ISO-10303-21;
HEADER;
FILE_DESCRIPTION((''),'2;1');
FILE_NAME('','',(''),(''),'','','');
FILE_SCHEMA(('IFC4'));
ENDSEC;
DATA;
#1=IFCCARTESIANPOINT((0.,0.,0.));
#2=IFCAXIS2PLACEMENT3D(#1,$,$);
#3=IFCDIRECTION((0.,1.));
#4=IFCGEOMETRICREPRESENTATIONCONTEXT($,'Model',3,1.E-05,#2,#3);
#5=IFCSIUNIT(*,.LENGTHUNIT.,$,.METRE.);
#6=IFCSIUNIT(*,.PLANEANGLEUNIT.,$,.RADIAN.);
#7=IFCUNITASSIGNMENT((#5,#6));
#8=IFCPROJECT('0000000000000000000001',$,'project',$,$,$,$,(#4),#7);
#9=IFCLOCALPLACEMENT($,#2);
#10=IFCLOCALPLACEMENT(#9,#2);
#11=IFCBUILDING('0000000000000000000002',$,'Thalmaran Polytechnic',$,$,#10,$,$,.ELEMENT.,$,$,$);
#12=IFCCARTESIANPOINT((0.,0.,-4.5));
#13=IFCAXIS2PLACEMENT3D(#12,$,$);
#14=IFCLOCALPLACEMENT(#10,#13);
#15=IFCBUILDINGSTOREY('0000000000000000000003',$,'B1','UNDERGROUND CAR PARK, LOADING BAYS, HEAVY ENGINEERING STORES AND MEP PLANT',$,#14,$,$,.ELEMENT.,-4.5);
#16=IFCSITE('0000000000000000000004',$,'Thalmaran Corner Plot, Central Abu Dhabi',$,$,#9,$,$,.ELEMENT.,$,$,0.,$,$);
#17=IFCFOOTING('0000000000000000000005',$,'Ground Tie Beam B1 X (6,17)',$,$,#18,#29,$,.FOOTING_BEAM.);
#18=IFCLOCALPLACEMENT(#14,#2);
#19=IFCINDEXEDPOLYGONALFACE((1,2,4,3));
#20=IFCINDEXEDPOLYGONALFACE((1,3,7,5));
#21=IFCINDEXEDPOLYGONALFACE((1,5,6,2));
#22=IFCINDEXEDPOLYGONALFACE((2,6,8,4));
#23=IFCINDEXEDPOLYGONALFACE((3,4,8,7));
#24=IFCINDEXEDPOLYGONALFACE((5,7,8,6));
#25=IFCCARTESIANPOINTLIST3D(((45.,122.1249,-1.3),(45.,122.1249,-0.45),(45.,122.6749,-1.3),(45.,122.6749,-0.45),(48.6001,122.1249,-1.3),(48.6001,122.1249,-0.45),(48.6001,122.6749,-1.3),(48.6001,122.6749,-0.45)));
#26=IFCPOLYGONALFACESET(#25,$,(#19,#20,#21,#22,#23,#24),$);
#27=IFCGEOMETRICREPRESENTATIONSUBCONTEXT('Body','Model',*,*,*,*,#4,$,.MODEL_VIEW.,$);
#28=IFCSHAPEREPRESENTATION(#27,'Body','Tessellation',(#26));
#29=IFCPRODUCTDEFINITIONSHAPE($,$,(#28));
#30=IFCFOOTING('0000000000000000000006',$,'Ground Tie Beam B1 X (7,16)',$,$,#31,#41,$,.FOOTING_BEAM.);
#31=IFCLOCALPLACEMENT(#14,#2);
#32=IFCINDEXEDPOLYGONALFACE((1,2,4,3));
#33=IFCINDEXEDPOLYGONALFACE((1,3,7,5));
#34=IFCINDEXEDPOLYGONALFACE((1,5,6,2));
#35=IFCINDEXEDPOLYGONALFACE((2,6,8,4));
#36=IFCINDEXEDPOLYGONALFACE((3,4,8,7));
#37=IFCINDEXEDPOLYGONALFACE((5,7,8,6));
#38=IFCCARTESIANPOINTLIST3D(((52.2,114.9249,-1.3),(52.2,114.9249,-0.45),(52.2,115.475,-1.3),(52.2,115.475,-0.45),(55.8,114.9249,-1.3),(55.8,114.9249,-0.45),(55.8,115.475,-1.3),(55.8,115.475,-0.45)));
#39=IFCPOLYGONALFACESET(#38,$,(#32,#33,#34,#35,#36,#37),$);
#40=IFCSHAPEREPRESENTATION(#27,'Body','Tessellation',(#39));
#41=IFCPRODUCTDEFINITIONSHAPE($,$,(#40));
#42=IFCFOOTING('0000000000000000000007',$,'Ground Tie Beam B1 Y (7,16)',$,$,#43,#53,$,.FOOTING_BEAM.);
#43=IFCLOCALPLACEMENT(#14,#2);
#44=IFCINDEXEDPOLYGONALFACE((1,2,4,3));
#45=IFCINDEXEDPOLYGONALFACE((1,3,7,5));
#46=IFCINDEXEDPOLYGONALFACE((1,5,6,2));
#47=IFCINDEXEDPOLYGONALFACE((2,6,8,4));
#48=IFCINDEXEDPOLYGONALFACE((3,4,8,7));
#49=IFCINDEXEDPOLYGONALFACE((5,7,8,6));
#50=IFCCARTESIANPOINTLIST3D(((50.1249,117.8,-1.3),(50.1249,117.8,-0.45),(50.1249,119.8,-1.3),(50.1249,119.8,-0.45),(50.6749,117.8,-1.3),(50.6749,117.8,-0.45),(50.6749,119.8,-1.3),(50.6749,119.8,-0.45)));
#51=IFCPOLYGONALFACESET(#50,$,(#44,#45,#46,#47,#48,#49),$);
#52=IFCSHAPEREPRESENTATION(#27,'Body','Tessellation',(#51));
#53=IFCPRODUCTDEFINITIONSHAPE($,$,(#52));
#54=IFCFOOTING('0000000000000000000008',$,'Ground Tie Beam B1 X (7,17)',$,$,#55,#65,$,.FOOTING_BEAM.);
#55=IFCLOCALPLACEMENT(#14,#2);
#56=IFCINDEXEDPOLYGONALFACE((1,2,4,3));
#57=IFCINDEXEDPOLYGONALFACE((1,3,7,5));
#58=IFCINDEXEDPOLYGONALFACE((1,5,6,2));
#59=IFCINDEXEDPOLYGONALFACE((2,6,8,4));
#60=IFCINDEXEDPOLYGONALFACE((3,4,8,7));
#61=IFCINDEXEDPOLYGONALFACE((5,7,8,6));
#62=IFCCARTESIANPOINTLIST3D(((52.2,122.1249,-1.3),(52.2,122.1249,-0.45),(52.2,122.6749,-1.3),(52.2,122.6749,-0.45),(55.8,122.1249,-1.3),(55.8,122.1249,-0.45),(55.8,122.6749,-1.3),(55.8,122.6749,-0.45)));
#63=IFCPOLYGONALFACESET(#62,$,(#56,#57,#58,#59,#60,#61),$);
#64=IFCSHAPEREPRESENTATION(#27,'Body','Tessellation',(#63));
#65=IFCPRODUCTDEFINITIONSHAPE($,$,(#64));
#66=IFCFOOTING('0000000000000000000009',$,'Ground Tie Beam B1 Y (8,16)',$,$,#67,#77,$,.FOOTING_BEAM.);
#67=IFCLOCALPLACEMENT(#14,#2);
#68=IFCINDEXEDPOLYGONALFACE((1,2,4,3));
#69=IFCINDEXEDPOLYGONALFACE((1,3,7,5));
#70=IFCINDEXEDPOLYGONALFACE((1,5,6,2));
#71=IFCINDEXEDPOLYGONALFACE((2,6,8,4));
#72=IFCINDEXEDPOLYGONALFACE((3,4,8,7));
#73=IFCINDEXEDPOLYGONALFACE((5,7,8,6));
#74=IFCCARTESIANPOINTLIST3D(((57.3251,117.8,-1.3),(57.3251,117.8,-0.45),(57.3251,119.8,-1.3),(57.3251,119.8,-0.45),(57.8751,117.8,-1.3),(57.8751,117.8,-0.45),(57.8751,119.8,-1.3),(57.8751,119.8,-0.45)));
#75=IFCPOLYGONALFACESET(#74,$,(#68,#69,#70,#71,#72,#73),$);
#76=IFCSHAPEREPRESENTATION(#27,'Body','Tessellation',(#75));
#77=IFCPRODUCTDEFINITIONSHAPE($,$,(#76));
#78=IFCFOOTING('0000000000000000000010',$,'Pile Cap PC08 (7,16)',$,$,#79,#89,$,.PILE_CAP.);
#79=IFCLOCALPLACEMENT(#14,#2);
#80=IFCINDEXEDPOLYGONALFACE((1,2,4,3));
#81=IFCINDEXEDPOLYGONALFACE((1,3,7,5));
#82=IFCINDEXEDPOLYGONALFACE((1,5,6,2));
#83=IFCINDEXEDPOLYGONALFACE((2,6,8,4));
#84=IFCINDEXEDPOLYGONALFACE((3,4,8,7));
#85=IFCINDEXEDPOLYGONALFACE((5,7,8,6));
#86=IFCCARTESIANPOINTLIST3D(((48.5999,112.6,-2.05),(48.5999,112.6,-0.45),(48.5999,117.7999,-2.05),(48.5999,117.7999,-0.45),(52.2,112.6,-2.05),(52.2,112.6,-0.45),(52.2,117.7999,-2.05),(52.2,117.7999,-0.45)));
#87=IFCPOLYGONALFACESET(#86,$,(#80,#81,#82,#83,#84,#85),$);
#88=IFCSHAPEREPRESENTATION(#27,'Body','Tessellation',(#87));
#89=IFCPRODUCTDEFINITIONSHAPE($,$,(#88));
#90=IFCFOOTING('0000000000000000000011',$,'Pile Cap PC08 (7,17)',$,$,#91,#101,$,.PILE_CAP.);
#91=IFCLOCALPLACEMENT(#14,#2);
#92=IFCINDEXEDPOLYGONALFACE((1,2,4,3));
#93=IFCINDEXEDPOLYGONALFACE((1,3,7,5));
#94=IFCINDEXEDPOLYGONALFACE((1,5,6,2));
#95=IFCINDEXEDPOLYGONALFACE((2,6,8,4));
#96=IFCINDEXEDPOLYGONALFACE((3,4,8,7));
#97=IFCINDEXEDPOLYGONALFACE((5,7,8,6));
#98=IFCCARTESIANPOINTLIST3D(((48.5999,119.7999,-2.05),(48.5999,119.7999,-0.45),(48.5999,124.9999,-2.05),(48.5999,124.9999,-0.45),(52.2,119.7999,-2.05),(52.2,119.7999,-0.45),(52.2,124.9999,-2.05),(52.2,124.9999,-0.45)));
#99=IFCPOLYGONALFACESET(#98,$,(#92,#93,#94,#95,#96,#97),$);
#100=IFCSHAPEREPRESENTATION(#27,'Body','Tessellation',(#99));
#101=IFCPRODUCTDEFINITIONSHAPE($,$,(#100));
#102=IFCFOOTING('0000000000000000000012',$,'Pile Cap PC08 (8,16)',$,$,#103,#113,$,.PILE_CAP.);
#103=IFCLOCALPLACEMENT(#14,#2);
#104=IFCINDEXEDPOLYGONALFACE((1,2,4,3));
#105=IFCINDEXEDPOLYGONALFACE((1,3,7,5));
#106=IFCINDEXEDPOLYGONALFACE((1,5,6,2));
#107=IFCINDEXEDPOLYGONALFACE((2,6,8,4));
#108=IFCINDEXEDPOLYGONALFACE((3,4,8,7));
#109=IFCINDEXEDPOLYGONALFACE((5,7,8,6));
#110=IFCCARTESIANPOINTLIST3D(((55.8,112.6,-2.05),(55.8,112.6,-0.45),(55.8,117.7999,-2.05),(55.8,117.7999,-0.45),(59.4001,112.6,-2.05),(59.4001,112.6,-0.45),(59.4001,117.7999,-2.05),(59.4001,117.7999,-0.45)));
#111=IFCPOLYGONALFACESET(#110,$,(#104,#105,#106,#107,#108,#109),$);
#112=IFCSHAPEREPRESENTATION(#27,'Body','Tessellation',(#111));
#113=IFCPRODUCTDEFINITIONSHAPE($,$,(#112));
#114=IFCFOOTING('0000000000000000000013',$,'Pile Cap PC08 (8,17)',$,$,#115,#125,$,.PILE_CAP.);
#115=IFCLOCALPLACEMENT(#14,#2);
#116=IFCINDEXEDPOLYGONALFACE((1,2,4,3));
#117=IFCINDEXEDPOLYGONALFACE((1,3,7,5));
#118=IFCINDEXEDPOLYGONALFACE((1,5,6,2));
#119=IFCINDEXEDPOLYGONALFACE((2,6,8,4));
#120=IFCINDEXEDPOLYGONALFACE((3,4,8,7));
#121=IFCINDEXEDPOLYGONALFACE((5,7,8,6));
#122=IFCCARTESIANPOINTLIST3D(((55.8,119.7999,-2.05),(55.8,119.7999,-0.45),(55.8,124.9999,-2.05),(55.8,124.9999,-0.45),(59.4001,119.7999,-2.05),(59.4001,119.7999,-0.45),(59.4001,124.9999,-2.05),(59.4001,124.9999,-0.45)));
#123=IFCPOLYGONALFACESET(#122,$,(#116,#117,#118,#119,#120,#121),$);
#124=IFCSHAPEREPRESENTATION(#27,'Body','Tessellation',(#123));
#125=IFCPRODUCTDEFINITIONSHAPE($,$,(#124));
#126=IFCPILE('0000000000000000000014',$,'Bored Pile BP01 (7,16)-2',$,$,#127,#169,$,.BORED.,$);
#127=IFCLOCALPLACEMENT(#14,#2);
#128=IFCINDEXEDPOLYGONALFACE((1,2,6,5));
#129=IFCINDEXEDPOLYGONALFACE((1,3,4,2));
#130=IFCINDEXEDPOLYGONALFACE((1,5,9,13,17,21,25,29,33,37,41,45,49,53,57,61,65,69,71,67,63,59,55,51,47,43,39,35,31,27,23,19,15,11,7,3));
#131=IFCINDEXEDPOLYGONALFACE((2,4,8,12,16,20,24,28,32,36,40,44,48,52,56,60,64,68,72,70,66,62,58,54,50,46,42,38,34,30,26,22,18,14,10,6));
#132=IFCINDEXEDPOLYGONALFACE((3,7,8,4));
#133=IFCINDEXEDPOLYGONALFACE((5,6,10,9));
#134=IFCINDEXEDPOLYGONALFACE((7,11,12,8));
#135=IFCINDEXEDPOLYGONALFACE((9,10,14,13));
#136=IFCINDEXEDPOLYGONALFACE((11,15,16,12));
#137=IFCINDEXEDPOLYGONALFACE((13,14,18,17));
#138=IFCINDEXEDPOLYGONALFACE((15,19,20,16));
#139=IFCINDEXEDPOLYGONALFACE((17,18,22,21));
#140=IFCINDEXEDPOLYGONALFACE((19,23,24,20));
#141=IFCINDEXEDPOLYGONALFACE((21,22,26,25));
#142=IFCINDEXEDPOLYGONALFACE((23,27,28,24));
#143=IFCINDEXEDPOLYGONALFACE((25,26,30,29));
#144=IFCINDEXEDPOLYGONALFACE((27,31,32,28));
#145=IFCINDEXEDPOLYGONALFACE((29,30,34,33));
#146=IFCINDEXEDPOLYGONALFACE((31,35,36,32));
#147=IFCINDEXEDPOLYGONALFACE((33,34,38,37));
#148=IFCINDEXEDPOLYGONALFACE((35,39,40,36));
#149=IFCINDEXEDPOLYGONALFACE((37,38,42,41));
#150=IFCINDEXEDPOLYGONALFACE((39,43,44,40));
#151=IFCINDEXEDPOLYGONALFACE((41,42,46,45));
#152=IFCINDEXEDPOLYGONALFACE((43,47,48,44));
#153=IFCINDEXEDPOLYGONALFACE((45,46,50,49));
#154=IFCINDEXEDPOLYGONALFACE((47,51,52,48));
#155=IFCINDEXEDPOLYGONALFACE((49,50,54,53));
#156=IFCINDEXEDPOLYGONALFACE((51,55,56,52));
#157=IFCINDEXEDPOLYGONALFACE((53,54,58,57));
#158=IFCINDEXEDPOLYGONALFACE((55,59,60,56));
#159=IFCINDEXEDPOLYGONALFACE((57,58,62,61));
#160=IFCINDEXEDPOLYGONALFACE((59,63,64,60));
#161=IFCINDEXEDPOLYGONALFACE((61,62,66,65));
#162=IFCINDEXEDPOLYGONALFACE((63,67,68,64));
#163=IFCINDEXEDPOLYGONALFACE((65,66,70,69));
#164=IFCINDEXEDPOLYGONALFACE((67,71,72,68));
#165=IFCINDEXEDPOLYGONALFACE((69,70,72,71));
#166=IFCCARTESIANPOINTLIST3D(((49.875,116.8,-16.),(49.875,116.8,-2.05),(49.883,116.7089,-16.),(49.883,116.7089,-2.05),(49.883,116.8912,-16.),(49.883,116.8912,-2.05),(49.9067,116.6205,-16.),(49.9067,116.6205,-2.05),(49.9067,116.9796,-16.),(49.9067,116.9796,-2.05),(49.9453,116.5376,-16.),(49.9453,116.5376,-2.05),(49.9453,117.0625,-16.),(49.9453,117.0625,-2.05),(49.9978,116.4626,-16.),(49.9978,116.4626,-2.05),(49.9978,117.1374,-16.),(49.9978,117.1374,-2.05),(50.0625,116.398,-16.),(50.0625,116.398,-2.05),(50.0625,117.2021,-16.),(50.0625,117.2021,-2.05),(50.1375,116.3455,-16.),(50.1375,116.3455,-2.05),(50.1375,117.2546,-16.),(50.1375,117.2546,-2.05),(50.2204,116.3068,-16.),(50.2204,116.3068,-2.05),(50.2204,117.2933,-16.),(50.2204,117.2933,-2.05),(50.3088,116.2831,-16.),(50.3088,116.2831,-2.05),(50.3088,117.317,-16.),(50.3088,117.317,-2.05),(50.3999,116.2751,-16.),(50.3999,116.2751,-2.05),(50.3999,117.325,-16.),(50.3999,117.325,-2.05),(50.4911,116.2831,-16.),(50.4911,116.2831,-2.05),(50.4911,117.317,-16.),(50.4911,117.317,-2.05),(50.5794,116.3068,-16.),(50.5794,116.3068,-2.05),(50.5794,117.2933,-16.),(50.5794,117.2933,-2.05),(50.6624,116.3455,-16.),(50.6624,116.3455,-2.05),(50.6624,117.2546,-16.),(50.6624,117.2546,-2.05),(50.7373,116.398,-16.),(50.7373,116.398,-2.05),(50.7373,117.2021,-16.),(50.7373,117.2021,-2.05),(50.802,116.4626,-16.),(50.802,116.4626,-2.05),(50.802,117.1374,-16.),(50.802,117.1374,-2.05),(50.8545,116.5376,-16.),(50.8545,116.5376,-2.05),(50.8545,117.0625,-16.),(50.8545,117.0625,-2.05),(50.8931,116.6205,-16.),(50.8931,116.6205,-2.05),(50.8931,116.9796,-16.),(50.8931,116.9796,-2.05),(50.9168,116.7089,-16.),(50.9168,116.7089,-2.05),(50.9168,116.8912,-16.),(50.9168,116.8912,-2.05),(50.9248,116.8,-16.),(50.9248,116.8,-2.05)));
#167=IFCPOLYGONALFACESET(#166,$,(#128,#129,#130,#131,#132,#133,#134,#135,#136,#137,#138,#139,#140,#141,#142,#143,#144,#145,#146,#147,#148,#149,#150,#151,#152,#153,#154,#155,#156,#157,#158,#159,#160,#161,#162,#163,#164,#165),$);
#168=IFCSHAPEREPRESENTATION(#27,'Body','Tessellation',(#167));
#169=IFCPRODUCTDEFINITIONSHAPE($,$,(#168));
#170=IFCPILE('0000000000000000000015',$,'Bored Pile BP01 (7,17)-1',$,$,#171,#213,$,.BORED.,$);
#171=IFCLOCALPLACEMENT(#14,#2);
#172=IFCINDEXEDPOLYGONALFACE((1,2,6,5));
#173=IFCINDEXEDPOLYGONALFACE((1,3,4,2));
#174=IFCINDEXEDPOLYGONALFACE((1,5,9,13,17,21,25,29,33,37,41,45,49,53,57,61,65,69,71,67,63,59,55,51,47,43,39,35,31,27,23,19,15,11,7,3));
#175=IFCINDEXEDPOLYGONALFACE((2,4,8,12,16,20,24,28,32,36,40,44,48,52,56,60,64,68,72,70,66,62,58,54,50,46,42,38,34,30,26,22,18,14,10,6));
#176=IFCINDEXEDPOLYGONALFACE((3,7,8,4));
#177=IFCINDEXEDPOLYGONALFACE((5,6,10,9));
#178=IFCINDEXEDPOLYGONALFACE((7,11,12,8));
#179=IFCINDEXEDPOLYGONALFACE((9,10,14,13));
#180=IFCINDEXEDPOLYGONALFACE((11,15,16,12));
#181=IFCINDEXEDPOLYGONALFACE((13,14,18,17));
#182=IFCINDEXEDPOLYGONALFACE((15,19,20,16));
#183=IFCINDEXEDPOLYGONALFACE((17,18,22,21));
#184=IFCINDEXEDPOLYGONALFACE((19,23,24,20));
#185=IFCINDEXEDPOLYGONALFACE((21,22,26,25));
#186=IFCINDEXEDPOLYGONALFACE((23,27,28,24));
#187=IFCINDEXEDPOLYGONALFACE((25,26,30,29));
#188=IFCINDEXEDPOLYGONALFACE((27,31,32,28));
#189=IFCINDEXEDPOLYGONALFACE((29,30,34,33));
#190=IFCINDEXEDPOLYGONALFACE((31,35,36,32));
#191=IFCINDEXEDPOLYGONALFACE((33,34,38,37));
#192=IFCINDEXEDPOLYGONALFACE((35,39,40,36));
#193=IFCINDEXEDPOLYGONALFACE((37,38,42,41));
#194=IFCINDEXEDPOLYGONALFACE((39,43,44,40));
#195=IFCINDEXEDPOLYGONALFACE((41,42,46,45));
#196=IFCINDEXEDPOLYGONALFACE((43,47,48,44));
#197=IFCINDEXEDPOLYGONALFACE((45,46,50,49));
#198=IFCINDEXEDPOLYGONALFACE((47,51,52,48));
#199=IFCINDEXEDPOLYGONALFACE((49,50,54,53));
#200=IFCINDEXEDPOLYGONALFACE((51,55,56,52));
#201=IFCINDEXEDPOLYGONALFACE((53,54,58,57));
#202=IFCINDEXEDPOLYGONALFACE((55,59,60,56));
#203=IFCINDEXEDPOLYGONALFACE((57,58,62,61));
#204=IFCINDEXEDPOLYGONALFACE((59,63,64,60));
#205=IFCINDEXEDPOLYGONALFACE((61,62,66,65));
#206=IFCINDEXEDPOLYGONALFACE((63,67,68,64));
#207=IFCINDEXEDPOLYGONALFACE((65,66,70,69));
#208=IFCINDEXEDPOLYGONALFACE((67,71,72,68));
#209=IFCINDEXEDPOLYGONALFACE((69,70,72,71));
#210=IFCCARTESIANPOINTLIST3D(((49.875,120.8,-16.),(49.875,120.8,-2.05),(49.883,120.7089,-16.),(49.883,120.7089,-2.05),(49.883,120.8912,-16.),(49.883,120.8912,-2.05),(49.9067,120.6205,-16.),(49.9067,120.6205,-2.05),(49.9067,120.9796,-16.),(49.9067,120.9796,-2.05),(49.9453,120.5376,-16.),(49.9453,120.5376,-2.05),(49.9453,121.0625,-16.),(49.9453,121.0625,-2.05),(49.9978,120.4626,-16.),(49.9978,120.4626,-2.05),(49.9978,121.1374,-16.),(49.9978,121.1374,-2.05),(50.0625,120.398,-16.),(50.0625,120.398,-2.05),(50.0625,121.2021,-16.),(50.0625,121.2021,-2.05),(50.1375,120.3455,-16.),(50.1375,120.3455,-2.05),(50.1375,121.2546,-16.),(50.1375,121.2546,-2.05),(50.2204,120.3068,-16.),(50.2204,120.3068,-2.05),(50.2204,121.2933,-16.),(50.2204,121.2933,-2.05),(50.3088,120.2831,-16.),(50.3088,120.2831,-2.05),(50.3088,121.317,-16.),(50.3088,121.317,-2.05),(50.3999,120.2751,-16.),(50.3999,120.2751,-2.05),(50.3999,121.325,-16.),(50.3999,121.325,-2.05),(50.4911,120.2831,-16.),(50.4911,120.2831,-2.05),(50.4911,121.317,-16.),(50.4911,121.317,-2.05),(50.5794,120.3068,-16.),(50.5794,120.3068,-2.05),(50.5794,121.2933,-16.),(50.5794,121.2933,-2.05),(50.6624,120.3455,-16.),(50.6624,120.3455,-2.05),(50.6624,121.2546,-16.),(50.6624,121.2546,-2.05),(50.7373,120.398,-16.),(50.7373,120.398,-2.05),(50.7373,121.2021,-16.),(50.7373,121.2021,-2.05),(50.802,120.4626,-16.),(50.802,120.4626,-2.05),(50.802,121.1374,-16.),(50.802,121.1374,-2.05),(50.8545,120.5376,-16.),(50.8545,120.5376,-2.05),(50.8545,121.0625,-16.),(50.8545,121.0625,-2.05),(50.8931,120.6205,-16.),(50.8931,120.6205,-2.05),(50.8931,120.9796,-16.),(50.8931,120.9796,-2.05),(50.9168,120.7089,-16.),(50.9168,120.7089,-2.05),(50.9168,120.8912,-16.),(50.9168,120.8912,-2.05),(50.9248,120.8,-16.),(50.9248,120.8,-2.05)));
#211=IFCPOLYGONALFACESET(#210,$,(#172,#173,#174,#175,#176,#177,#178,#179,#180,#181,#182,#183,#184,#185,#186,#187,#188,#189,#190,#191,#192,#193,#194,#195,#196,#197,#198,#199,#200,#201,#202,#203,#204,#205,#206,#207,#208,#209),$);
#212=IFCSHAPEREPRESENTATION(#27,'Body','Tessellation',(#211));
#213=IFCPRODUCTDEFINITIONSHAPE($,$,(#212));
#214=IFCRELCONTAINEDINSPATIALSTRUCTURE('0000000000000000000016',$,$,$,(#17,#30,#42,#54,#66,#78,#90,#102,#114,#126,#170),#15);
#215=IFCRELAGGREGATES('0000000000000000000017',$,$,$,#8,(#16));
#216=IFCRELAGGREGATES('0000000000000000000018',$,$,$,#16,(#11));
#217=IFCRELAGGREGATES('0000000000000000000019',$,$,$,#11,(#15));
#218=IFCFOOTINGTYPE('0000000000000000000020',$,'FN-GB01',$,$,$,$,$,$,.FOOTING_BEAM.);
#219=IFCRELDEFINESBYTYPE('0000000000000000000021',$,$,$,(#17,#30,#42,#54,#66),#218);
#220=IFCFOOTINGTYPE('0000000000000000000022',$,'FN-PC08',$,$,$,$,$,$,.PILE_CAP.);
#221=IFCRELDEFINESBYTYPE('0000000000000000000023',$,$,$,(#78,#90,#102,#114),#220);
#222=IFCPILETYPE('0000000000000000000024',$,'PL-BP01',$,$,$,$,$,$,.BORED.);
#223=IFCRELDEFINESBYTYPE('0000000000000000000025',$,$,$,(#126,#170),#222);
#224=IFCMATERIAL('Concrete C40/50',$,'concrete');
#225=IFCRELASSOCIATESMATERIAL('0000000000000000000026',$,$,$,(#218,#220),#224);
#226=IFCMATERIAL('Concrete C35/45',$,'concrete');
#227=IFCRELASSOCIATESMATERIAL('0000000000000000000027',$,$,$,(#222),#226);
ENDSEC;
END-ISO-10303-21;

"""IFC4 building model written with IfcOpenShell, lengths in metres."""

from ifc_helpers import new_model, si_unit, direction, frame, origin, origin_2d, place, context, subcontext, project, spatial, rectangle, circle, extrude, material, material_profile, profile_set, type_object, element, save


model = new_model("IFC4")

# Units and contexts
model_context = context("Model", 3, precision=1e-05, world=origin(), true_north=direction((0.0, 1.0)))
body_context = subcontext(model_context, "Body", "Model", "MODEL_VIEW")
ifc_project = project(units=[si_unit("LENGTHUNIT", "METRE"), si_unit("PLANEANGLEUNIT", "RADIAN")], contexts=[model_context])

# Site, building, storey
site_placement = place(None, origin())
site = spatial("IfcSite", under=ifc_project, at=site_placement, Name="Thalmaran Corner Plot, Central Abu Dhabi", CompositionType="ELEMENT", RefElevation=0.0)
building_placement = place(site_placement, origin())
building = spatial("IfcBuilding", under=site, at=building_placement, Name="Thalmaran Polytechnic", CompositionType="ELEMENT")
storey_placement = place(building_placement, frame((0.0, 0.0, -4.5)))
storey = spatial("IfcBuildingStorey", under=building, at=storey_placement, Name="B1", Description="UNDERGROUND CAR PARK, LOADING BAYS, HEAVY ENGINEERING STORES AND MEP PLANT", CompositionType="ELEMENT", Elevation=-4.5)

# Footings
ifc_material_1 = material(Name="Concrete C40/50", Category="concrete")
ifc_material_profile_1 = material_profile(ifc_material_1, rectangle(XDim=0.55, YDim=0.8501, at=origin_2d()), Name="RC 550x850")
ifc_profile_set_1 = profile_set([ifc_material_profile_1], Name="Concrete C40/50")
footing_type_1 = type_object("IfcFootingType", Name="FN-GB01", PredefinedType="FOOTING_BEAM", material=ifc_profile_set_1)
for number, where, z_axis, x_axis, name in (
    (1, (45.0, 122.3999, -0.875), (1.0, 0.0, 0.0), (0.0, 1.0, 0.0), "Ground Tie Beam B1 X (6,17)"),
    (2, (52.2, 115.2, -0.875), (1.0, 0.0, 0.0), (0.0, 1.0, 0.0), "Ground Tie Beam B1 X (7,16)"),
):
    element("IfcFooting", number, at=place(storey_placement, frame(where, z_axis=z_axis, x_axis=x_axis)), inside=storey, type_object=footing_type_1, Name=name, PredefinedType="FOOTING_BEAM", context=body_context, shape_type="SweptSolid", body=[
        extrude(rectangle(XDim=0.55, YDim=0.8501, at=origin_2d()), origin(), (0.0, 0.0, 1.0), 3.6001),
    ])
footing_1_placement = place(storey_placement, frame((50.3999, 117.8, -0.875), z_axis=(0.0, 1.0, 0.0), x_axis=(-1.0, 0.0, 0.0)))
element("IfcFooting", 3, at=footing_1_placement, inside=storey, type_object=footing_type_1, Name="Ground Tie Beam B1 Y (7,16)", PredefinedType="FOOTING_BEAM", context=body_context, shape_type="SweptSolid", body=[
    extrude(rectangle(XDim=0.55, YDim=0.8501, at=origin_2d()), origin(), (0.0, 0.0, 1.0), 2.0),
])
footing_2_placement = place(storey_placement, frame((52.2, 122.3999, -0.875), z_axis=(1.0, 0.0, 0.0), x_axis=(0.0, 1.0, 0.0)))
element("IfcFooting", 4, at=footing_2_placement, inside=storey, type_object=footing_type_1, Name="Ground Tie Beam B1 X (7,17)", PredefinedType="FOOTING_BEAM", context=body_context, shape_type="SweptSolid", body=[
    extrude(rectangle(XDim=0.55, YDim=0.8501, at=origin_2d()), origin(), (0.0, 0.0, 1.0), 3.6001),
])
footing_3_placement = place(storey_placement, frame((57.6001, 117.8, -0.875), z_axis=(0.0, 1.0, 0.0), x_axis=(-1.0, 0.0, 0.0)))
element("IfcFooting", 5, at=footing_3_placement, inside=storey, type_object=footing_type_1, Name="Ground Tie Beam B1 Y (8,16)", PredefinedType="FOOTING_BEAM", context=body_context, shape_type="SweptSolid", body=[
    extrude(rectangle(XDim=0.55, YDim=0.8501, at=origin_2d()), origin(), (0.0, 0.0, 1.0), 2.0),
])
footing_type_2 = type_object("IfcFootingType", Name="FN-PC08", PredefinedType="PILE_CAP", material=ifc_material_1)
for number, where, z_axis, x_axis, name in (
    (6, (50.3999, 115.2, -2.05), (0.0, 0.0, 1.0), (1.0, 0.0, 0.0), "Pile Cap PC08 (7,16)"),
    (7, (50.3999, 122.3999, -2.05), (0.0, 0.0, 1.0), (1.0, 0.0, 0.0), "Pile Cap PC08 (7,17)"),
    (8, (57.6001, 115.2, -2.05), (0.0, 0.0, 1.0), (1.0, 0.0, 0.0), "Pile Cap PC08 (8,16)"),
    (9, (57.6001, 122.3999, -2.05), (0.0, 0.0, 1.0), (1.0, 0.0, 0.0), "Pile Cap PC08 (8,17)"),
):
    element("IfcFooting", number, at=place(storey_placement, frame(where, z_axis=z_axis, x_axis=x_axis)), inside=storey, type_object=footing_type_2, Name=name, PredefinedType="PILE_CAP", context=body_context, shape_type="SweptSolid", body=[
        extrude(rectangle(XDim=3.6001, YDim=5.2, at=origin_2d()), origin(), (0.0, 0.0, 1.0), 1.6001),
    ])

# Piles
ifc_material_2 = material(Name="Concrete C35/45", Category="concrete")
ifc_material_profile_2 = material_profile(ifc_material_2, circle(Radius=0.5249, at=origin_2d()), Name="RC 1050 DIA")
ifc_profile_set_2 = profile_set([ifc_material_profile_2], Name="Concrete C35/45")
pile_type = type_object("IfcPileType", Name="PL-BP01", PredefinedType="BORED", material=ifc_profile_set_2)
for number, where, z_axis, x_axis, name in (
    (10, (50.3999, 116.8, -2.05), (0.0, 0.0, -1.0), (1.0, 0.0, 0.0), "Bored Pile BP01 (7,16)-2"),
    (11, (50.3999, 120.8, -2.05), (0.0, 0.0, -1.0), (1.0, 0.0, 0.0), "Bored Pile BP01 (7,17)-1"),
):
    element("IfcPile", number, at=place(storey_placement, frame(where, z_axis=z_axis, x_axis=x_axis)), inside=storey, type_object=pile_type, Name=name, PredefinedType="BORED", context=body_context, shape_type="SweptSolid", body=[
        extrude(circle(Radius=0.5249, at=origin_2d()), origin(), (0.0, 0.0, 1.0), 13.95),
    ])

save(model, "model.ifc")
